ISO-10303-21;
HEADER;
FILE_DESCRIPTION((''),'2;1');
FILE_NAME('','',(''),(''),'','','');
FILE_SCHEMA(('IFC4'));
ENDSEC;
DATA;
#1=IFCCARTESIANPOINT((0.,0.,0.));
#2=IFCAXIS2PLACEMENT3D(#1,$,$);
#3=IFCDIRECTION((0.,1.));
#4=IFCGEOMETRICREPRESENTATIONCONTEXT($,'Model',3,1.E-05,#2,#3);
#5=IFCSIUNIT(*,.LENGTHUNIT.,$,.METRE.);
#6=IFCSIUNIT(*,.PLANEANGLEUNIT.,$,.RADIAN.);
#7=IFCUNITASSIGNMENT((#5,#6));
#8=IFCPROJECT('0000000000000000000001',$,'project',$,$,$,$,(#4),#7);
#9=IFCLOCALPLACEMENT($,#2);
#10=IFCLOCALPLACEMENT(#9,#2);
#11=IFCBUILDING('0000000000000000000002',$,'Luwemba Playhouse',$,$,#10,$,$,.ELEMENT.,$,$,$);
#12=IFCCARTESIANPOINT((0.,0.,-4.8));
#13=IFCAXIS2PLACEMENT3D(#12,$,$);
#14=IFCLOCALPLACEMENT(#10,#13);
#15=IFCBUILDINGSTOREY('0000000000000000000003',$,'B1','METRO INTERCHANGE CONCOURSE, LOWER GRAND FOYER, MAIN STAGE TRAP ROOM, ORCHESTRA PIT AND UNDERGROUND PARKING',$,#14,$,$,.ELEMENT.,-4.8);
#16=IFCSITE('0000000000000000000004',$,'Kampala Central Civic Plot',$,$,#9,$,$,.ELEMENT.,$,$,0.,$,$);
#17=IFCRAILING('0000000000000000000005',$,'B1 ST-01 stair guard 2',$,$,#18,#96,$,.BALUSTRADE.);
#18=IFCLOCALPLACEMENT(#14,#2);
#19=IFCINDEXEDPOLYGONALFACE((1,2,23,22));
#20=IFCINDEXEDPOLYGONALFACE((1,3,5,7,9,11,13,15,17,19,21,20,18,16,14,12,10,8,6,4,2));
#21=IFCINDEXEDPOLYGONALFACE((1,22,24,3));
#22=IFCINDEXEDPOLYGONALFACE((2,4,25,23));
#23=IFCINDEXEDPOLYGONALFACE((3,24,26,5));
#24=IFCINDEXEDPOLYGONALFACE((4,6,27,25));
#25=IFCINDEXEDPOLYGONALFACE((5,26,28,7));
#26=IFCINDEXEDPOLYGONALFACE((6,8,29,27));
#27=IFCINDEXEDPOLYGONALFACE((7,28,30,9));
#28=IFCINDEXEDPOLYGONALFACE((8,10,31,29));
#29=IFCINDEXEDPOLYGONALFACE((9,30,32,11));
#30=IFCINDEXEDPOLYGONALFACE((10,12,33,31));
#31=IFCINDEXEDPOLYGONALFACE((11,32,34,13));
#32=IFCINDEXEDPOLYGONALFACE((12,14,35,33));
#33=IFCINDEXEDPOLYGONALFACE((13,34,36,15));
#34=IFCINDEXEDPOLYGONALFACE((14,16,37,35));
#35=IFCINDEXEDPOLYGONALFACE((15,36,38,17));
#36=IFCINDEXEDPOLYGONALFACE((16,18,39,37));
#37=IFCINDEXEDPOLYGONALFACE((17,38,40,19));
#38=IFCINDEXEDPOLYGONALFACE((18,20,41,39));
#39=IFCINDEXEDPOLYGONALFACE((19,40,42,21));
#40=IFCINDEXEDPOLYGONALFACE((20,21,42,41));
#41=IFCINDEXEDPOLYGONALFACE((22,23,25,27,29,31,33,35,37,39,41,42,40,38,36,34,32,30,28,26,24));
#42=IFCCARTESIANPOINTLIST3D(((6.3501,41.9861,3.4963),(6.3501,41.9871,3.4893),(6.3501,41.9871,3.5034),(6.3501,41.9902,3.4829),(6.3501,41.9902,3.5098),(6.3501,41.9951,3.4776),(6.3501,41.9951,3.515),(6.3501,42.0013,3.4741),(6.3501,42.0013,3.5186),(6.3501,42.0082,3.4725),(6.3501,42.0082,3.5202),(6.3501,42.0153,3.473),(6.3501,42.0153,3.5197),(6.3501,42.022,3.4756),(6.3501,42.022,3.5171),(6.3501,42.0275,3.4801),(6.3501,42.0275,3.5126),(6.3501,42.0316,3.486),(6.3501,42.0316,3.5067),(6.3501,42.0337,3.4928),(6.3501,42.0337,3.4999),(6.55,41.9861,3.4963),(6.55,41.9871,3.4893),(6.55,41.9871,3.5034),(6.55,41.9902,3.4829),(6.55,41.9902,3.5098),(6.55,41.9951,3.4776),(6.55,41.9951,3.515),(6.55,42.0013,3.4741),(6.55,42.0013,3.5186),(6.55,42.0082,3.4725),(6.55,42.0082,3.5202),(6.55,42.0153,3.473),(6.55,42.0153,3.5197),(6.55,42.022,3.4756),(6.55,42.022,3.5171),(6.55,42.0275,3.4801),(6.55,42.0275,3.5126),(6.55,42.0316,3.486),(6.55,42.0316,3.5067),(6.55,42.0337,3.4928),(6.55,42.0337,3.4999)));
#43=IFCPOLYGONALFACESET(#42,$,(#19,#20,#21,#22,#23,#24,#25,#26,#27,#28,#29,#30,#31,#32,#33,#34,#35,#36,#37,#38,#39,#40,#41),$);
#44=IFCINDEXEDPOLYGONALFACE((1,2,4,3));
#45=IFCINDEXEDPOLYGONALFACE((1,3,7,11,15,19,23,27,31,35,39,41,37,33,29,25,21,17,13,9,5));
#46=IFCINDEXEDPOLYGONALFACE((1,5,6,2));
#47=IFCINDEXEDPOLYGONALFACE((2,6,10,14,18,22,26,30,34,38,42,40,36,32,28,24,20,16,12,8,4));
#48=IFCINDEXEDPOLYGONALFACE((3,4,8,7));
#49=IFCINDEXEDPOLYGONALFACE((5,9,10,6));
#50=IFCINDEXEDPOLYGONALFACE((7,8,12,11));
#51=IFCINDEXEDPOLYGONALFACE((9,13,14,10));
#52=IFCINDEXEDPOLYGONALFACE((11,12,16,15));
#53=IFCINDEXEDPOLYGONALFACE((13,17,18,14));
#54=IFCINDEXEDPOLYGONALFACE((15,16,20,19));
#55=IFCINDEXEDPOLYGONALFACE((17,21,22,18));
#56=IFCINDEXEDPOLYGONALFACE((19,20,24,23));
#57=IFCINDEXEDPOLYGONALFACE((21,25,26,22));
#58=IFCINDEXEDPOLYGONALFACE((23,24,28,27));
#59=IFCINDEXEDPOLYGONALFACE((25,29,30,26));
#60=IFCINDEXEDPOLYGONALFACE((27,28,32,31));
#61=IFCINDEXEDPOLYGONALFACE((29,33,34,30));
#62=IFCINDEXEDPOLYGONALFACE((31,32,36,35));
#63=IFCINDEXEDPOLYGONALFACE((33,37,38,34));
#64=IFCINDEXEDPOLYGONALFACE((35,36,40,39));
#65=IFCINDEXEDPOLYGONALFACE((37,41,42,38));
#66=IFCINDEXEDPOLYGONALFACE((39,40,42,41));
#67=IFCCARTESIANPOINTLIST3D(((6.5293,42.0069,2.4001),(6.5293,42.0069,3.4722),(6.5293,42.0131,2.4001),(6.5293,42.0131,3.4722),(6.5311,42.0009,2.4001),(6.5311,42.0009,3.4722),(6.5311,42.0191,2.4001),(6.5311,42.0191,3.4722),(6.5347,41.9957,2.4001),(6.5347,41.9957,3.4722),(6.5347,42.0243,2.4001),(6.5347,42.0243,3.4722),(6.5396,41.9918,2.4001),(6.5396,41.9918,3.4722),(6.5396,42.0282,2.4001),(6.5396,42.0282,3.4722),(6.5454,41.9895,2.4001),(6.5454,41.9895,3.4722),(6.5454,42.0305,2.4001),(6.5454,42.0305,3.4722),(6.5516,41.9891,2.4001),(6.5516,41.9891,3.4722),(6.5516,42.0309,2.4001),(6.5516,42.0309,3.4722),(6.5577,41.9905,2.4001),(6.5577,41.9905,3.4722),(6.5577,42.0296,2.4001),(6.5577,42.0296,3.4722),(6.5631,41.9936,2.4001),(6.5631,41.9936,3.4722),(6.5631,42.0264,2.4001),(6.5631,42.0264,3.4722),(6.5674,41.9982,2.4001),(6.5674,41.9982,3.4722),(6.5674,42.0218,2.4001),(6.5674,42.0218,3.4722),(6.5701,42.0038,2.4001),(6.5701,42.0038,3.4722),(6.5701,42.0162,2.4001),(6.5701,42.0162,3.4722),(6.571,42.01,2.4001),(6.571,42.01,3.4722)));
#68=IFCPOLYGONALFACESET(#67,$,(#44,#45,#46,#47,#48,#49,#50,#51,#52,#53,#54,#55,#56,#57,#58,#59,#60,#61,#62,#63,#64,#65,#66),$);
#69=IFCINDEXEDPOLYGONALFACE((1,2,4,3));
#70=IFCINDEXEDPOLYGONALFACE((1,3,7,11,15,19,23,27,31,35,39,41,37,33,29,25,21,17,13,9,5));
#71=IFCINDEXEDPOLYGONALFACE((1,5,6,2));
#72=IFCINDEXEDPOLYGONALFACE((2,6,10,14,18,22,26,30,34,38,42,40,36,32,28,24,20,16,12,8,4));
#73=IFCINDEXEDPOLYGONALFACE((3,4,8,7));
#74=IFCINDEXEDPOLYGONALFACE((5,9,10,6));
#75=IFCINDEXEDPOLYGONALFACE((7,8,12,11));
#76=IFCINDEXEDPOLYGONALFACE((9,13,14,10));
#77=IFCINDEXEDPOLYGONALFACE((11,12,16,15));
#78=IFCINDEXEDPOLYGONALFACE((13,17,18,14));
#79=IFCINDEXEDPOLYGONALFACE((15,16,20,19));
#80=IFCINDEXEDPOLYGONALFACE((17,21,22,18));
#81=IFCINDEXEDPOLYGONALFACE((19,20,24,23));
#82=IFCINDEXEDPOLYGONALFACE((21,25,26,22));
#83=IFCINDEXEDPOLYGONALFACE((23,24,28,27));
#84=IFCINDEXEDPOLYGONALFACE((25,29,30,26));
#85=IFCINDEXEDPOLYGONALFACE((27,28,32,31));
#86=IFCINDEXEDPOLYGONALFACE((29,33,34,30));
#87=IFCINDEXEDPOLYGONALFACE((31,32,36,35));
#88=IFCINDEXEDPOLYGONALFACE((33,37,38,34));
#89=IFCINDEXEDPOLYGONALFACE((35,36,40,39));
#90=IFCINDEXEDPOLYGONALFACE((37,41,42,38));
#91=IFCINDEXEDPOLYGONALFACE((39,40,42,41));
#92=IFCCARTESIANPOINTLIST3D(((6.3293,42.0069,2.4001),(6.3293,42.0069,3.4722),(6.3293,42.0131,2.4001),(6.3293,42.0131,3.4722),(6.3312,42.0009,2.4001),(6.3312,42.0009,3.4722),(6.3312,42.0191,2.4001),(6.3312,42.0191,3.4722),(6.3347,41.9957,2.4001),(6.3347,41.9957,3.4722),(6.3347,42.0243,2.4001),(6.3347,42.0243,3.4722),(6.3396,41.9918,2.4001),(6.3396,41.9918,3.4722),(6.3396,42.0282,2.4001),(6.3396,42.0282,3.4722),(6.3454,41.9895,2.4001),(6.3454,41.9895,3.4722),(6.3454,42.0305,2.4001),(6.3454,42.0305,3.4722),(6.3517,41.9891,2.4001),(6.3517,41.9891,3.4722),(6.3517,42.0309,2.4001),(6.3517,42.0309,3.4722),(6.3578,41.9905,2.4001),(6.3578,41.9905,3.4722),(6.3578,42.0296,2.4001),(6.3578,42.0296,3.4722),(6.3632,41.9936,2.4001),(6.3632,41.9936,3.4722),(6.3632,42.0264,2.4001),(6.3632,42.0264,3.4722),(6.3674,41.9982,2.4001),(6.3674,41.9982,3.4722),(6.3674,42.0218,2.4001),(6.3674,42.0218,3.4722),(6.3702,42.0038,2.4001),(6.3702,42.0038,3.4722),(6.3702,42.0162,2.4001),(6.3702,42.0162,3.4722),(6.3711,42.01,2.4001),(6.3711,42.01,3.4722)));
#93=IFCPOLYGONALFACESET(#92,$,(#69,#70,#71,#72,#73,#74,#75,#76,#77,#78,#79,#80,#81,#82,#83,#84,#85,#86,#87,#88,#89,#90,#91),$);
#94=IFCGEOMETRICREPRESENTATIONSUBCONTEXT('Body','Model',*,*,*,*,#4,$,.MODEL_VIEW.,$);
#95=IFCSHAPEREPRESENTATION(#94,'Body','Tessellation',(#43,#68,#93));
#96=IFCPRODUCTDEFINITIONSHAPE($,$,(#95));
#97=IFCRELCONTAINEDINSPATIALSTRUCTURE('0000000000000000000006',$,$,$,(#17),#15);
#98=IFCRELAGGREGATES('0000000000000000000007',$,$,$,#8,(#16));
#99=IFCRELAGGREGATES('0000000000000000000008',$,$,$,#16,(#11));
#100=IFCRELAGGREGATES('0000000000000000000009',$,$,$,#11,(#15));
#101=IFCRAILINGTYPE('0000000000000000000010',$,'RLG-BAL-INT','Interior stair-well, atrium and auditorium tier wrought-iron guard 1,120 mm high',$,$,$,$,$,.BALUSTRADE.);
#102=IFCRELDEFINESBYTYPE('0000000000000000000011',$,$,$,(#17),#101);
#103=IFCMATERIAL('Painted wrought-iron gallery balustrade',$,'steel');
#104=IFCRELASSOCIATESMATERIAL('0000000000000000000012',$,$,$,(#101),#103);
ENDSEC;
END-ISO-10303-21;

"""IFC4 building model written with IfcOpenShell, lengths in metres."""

from ifc_helpers import new_model, si_unit, direction, frame, origin, origin_2d, place, context, subcontext, project, spatial, circle, extrude, material, type_object, element, save


model = new_model("IFC4")

# Units and contexts
model_context = context("Model", 3, precision=1e-05, world=origin(), true_north=direction((0.0, 1.0)))
body_context = subcontext(model_context, "Body", "Model", "MODEL_VIEW")
ifc_project = project(units=[si_unit("LENGTHUNIT", "METRE"), si_unit("PLANEANGLEUNIT", "RADIAN")], contexts=[model_context])

# Site, building, storey
site_placement = place(None, origin())
site = spatial("IfcSite", under=ifc_project, at=site_placement, Name="Kampala Central Civic Plot", CompositionType="ELEMENT", RefElevation=0.0)
building_placement = place(site_placement, origin())
building = spatial("IfcBuilding", under=site, at=building_placement, Name="Luwemba Playhouse", CompositionType="ELEMENT")
storey_placement = place(building_placement, frame((0.0, 0.0, -4.8)))
storey = spatial("IfcBuildingStorey", under=building, at=storey_placement, Name="B1", Description="METRO INTERCHANGE CONCOURSE, LOWER GRAND FOYER, MAIN STAGE TRAP ROOM, ORCHESTRA PIT AND UNDERGROUND PARKING", CompositionType="ELEMENT", Elevation=-4.8)

# Railing
ifc_material_1 = material(Name="Painted wrought-iron gallery balustrade", Category="steel")
railing_type_1 = type_object("IfcRailingType", Name="RLG-BAL-INT", Description="Interior stair-well, atrium and auditorium tier wrought-iron guard 1,120 mm high", PredefinedType="BALUSTRADE", material=ifc_material_1)
railing_1_placement = place(storey_placement, frame((6.55, 42.01, 2.4001)))
element("IfcRailing", 1, at=railing_1_placement, inside=storey, type_object=railing_type_1, Name="B1 ST-01 stair guard 2", PredefinedType="BALUSTRADE", context=body_context, shape_type="SweptSolid", body=[
    extrude(circle(Radius=0.0239, at=origin_2d()), frame((0.0, 0.0, 1.0962), z_axis=(-1.0, 0.0, 0.0), x_axis=(0.0, -1.0, 0.0)), (0.0, 0.0, 1.0), 0.2),
    extrude(circle(Radius=0.021, at=origin_2d()), origin(), (0.0, 0.0, 1.0), 1.072),
    extrude(circle(Radius=0.021, at=origin_2d()), frame((-0.2, 0.0, 0.0)), (0.0, 0.0, 1.0), 1.072),
])

save(model, "model.ifc")
